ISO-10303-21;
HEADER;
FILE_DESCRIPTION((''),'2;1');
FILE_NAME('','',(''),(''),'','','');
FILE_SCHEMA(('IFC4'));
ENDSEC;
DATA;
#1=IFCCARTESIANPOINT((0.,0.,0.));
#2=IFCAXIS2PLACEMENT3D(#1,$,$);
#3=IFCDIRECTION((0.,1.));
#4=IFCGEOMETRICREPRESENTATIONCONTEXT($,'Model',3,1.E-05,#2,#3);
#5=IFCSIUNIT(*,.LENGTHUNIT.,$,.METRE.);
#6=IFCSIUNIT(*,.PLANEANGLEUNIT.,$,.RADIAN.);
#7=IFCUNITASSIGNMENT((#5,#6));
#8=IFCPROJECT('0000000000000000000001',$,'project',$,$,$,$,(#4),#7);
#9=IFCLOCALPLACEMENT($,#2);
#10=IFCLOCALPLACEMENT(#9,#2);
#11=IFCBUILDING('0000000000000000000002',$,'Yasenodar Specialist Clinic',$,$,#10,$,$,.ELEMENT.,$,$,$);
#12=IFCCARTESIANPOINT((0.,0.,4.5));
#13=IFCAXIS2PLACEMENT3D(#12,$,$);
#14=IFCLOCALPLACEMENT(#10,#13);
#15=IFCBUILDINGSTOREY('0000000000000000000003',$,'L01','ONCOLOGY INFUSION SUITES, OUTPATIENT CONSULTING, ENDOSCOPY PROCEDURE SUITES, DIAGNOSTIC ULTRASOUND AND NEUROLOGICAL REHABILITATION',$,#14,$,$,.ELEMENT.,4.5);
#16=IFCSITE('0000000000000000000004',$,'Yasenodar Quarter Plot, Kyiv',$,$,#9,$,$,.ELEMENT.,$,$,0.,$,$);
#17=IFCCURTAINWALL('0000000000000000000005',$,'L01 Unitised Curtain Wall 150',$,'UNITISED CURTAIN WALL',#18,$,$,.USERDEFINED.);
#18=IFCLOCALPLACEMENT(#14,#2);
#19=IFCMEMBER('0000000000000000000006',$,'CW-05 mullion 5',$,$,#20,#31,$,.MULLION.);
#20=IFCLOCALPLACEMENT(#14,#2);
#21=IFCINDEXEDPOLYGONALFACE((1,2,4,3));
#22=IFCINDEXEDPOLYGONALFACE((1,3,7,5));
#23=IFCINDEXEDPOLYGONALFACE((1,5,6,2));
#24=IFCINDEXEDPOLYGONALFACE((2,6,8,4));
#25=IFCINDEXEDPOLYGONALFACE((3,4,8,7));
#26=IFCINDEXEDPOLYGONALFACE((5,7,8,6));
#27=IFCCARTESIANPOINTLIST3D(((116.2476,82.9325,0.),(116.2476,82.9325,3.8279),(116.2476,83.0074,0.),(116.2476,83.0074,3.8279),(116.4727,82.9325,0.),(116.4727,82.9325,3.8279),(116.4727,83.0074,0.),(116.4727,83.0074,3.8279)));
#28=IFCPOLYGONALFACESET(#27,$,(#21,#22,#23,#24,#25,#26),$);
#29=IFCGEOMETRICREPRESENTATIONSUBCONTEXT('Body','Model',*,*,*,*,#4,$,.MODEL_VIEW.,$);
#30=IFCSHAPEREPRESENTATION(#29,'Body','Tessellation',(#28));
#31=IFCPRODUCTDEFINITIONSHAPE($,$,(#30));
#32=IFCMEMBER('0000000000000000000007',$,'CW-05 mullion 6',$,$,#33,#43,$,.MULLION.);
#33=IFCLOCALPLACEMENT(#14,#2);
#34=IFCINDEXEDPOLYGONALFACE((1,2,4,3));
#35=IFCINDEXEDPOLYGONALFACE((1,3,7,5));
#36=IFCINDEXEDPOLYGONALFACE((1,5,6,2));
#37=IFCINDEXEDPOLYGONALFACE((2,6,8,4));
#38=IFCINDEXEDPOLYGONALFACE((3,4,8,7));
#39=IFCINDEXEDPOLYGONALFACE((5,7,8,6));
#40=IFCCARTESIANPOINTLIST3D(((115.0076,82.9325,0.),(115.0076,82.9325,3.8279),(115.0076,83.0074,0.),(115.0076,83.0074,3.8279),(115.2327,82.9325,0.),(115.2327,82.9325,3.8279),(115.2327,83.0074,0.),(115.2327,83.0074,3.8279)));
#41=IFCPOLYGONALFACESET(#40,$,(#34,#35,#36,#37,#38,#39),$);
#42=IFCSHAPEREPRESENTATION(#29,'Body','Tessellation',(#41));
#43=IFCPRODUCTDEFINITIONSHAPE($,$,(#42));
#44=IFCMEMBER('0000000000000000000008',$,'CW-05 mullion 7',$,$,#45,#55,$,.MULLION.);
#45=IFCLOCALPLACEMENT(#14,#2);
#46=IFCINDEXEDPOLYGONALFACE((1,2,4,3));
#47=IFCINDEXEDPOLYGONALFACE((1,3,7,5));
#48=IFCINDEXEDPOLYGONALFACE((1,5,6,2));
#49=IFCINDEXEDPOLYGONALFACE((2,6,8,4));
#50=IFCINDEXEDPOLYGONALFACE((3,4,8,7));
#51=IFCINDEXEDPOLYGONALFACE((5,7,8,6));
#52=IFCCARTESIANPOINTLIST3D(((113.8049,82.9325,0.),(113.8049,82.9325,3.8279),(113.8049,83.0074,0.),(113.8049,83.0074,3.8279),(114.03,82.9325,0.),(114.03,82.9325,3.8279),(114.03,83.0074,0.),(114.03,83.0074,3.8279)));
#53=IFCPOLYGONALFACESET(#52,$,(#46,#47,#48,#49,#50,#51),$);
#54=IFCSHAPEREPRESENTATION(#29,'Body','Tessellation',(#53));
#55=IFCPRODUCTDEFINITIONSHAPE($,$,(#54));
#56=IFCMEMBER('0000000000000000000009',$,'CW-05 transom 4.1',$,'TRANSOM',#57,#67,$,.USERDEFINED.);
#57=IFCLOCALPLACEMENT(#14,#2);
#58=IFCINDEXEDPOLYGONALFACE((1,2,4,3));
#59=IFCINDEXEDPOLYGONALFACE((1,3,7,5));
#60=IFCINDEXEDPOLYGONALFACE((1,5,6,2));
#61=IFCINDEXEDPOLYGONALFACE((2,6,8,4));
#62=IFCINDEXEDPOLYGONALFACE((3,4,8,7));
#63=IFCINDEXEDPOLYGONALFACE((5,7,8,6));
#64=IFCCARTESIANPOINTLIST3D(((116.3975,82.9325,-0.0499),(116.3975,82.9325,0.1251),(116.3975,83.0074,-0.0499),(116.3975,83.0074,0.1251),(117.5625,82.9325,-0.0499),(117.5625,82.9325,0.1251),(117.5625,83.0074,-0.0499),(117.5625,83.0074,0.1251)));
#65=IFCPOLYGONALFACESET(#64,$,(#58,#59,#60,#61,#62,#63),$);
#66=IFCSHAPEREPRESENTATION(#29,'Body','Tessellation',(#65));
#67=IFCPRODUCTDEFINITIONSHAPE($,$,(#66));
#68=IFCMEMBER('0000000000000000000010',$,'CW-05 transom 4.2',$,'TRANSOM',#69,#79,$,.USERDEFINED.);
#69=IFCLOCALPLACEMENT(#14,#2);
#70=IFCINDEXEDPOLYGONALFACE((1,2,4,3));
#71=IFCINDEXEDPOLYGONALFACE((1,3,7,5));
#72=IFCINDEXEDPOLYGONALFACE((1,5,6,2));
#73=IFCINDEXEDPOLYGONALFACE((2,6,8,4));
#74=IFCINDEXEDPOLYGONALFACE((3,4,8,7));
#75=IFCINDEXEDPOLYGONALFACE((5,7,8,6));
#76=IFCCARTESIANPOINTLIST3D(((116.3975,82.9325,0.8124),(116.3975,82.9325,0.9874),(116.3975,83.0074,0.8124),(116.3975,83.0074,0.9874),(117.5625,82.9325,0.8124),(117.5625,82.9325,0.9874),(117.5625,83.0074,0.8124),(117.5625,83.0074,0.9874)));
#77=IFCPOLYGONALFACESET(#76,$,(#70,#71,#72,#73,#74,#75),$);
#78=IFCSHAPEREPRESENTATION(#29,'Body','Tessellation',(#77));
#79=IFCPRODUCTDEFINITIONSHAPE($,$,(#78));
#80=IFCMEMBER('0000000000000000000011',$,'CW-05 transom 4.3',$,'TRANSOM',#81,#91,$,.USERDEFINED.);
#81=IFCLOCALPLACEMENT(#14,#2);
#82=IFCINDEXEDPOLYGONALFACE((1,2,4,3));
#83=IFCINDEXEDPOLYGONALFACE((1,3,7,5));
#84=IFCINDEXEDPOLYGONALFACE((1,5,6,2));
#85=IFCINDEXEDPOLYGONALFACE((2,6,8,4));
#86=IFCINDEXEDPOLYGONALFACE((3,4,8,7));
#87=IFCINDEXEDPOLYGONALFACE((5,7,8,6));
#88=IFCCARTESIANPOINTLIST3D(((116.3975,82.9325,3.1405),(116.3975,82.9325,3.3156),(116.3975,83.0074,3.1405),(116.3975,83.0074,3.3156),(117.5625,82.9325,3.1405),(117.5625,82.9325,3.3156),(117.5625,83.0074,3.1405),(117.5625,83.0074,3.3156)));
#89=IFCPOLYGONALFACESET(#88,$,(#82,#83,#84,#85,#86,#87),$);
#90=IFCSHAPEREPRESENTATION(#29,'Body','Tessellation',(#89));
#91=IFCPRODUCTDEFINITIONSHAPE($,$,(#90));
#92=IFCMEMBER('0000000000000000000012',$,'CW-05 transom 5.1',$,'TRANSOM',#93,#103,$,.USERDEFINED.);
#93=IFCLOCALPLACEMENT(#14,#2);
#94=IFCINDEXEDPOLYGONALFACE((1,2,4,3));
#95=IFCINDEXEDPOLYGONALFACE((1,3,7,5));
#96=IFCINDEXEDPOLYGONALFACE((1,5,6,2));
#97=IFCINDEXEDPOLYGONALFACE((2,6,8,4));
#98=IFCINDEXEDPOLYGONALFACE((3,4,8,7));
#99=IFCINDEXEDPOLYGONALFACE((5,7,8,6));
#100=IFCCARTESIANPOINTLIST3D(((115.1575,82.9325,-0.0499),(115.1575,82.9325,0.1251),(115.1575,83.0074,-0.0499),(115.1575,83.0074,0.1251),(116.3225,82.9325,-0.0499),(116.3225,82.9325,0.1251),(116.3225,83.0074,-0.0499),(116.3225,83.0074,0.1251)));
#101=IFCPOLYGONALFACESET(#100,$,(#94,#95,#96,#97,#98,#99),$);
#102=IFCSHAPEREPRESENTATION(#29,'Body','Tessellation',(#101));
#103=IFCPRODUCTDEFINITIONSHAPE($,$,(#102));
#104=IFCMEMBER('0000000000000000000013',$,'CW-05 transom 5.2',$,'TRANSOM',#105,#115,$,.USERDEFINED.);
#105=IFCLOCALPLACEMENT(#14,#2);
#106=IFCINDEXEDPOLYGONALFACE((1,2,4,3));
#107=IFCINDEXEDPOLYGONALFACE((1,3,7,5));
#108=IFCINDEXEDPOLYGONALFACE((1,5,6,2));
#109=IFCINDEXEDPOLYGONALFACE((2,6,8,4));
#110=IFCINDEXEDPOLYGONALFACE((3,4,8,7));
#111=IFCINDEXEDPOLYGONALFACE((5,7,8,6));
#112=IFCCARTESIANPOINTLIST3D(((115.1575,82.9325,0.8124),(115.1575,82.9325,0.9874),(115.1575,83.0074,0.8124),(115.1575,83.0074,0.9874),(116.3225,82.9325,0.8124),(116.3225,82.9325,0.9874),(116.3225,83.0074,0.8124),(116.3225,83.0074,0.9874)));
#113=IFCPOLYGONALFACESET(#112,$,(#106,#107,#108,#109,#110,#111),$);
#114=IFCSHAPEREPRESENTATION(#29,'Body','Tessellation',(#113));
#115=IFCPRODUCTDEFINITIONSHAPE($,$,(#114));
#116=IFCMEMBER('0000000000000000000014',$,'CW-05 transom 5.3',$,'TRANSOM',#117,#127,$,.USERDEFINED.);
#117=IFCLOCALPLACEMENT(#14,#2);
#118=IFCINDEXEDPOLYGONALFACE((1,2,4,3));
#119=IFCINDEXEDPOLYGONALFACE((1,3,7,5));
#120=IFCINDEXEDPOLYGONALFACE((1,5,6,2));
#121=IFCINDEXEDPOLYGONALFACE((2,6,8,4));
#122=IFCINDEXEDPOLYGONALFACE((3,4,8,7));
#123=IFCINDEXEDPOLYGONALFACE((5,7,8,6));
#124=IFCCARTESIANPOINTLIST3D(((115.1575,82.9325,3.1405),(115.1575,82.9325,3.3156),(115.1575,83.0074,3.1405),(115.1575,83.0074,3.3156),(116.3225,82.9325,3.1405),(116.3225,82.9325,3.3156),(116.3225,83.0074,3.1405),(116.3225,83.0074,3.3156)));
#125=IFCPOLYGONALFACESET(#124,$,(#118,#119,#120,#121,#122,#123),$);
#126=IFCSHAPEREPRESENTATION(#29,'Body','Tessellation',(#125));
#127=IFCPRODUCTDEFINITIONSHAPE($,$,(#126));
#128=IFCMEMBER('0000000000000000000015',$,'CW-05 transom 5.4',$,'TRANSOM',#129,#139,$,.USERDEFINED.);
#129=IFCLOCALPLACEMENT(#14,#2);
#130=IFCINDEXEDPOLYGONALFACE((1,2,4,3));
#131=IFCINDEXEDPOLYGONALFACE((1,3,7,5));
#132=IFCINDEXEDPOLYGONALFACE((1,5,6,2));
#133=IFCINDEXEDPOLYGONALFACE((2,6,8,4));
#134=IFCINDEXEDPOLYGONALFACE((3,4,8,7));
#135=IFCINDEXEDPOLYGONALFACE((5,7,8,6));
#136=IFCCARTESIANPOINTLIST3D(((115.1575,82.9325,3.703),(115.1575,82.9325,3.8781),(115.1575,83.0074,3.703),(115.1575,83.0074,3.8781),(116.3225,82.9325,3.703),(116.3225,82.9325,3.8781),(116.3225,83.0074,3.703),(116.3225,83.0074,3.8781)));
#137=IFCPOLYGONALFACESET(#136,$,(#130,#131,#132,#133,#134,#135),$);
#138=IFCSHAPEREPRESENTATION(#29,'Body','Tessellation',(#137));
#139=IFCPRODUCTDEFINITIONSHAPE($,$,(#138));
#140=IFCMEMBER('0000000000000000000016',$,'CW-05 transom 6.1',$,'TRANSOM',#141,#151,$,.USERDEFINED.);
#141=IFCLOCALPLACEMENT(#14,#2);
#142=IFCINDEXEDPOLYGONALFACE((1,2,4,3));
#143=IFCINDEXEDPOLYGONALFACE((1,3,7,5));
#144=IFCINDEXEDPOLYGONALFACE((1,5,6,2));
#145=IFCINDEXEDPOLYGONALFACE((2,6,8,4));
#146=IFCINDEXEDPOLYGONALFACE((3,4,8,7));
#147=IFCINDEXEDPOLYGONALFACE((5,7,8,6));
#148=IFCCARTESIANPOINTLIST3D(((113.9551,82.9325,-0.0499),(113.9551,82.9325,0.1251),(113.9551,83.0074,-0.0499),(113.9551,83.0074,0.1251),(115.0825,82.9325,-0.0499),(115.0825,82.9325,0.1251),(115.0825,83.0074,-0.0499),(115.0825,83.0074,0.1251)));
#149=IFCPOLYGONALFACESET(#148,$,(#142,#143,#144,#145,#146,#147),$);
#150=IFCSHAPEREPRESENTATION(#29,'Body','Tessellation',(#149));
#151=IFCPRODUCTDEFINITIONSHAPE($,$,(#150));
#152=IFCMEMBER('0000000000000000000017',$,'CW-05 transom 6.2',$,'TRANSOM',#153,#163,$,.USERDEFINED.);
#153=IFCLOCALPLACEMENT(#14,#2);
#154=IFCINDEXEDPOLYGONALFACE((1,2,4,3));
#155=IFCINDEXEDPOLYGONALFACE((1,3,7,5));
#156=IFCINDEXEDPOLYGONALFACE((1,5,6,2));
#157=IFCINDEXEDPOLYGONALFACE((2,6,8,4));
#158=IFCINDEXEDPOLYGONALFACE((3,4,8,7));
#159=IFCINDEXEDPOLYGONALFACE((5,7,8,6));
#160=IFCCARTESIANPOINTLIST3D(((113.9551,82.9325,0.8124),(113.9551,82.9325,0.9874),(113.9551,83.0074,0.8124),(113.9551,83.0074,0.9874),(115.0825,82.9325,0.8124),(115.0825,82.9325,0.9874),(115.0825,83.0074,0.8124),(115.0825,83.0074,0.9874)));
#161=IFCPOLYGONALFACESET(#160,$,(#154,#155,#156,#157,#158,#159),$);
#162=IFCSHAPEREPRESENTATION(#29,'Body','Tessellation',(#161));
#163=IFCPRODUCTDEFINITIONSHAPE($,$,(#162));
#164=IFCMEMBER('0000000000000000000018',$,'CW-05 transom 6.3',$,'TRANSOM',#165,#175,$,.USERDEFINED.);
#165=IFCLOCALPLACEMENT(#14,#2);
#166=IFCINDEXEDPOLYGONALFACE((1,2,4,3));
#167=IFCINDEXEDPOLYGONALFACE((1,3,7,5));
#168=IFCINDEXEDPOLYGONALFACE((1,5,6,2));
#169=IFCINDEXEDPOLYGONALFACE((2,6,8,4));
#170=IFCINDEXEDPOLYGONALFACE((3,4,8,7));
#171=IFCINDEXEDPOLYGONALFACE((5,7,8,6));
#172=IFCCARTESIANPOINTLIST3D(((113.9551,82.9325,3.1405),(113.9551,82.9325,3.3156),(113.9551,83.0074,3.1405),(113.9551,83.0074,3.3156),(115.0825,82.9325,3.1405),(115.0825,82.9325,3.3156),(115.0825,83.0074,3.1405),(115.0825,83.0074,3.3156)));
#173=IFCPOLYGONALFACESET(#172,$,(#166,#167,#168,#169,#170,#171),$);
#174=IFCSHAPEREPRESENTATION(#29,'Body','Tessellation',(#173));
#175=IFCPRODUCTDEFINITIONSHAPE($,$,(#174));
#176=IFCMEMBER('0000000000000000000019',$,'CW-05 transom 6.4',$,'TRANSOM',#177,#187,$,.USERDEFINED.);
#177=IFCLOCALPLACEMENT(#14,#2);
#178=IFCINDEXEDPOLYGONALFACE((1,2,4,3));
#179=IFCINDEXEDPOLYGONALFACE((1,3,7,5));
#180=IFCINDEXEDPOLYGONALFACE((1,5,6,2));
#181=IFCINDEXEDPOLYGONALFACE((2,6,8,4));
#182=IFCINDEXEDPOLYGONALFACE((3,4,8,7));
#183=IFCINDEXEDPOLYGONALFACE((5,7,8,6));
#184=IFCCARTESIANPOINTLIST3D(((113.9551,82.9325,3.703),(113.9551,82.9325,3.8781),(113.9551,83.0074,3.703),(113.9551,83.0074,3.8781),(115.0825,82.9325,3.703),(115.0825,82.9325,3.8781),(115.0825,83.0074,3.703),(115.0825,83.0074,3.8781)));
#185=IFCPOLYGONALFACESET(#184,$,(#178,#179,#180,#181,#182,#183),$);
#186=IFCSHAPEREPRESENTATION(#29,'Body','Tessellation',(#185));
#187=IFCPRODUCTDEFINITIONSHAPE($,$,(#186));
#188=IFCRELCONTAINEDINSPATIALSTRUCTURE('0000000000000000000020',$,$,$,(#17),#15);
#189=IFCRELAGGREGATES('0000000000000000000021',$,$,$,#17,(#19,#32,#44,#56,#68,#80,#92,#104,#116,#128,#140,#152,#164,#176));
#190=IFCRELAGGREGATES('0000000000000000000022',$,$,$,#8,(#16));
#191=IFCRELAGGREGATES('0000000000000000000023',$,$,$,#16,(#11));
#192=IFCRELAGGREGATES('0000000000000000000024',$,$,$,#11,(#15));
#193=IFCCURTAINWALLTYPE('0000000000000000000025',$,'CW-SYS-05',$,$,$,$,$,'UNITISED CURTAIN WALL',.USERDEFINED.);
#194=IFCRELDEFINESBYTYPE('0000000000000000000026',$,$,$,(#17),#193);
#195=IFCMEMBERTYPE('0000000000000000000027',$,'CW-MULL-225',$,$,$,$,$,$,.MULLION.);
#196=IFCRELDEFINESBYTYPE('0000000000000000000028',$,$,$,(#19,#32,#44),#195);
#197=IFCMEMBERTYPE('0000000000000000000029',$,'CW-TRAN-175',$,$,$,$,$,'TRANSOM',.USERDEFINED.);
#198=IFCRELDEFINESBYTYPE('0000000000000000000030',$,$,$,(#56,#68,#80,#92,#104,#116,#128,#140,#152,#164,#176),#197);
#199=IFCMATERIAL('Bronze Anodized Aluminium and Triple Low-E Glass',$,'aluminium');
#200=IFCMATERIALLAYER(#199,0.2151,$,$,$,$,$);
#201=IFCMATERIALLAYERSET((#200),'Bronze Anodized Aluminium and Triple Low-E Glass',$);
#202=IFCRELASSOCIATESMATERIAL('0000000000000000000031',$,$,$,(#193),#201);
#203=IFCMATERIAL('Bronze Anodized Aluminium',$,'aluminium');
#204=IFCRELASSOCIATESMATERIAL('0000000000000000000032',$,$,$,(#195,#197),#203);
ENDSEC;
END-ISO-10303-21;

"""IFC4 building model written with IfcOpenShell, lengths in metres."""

from ifc_helpers import new_model, si_unit, direction, frame, origin, origin_2d, place, context, subcontext, project, spatial, rectangle, extrude, material, layer, layer_set, material_profile, profile_set, type_object, element, aggregate, save


model = new_model("IFC4")

# Units and contexts
model_context = context("Model", 3, precision=1e-05, world=origin(), true_north=direction((0.0, 1.0)))
body_context = subcontext(model_context, "Body", "Model", "MODEL_VIEW")
ifc_project = project(units=[si_unit("LENGTHUNIT", "METRE"), si_unit("PLANEANGLEUNIT", "RADIAN")], contexts=[model_context])

# Site, building, storey
site_placement = place(None, origin())
site = spatial("IfcSite", under=ifc_project, at=site_placement, Name="Yasenodar Quarter Plot, Kyiv", CompositionType="ELEMENT", RefElevation=0.0)
building_placement = place(site_placement, origin())
building = spatial("IfcBuilding", under=site, at=building_placement, Name="Yasenodar Specialist Clinic", CompositionType="ELEMENT")
storey_placement = place(building_placement, frame((0.0, 0.0, 4.5)))
storey = spatial("IfcBuildingStorey", under=building, at=storey_placement, Name="L01", Description="ONCOLOGY INFUSION SUITES, OUTPATIENT CONSULTING, ENDOSCOPY PROCEDURE SUITES, DIAGNOSTIC ULTRASOUND AND NEUROLOGICAL REHABILITATION", CompositionType="ELEMENT", Elevation=4.5)

# Curtain wall, members
ifc_material_1 = material(Name="Bronze Anodized Aluminium and Triple Low-E Glass", Category="aluminium")
ifc_layer_1 = layer(ifc_material_1, 0.2151)
ifc_layer_set_1 = layer_set([ifc_layer_1], Name="Bronze Anodized Aluminium and Triple Low-E Glass")
curtain_wall_type = type_object("IfcCurtainWallType", Name="CW-SYS-05", ElementType="UNITISED CURTAIN WALL", PredefinedType="USERDEFINED", material=ifc_layer_set_1)
curtain_wall_placement = place(storey_placement, origin())
curtain_wall = element("IfcCurtainWall", 1, at=curtain_wall_placement, inside=storey, type_object=curtain_wall_type, Name="L01 Unitised Curtain Wall 150", ObjectType="UNITISED CURTAIN WALL", PredefinedType="USERDEFINED")
ifc_material_2 = material(Name="Bronze Anodized Aluminium", Category="aluminium")
ifc_material_profile_1 = material_profile(ifc_material_2, rectangle(XDim=0.075, YDim=0.2251, at=origin_2d()), Name="CW-MULL 75x225")
ifc_profile_set_1 = profile_set([ifc_material_profile_1], Name="Bronze Anodized Aluminium")
member_type_1 = type_object("IfcMemberType", Name="CW-MULL-225", PredefinedType="MULLION", material=ifc_profile_set_1)
member_1_placement = place(storey_placement, frame((116.3601, 82.97, 0.0), z_axis=(0.0, 0.0, 1.0), x_axis=(0.0, -1.0, 0.0)))
member_1 = element("IfcMember", 2, at=member_1_placement, type_object=member_type_1, Name="CW-05 mullion 5", PredefinedType="MULLION", context=body_context, shape_type="SweptSolid", body=[
    extrude(rectangle(XDim=0.075, YDim=0.2251, at=origin_2d()), origin(), (0.0, 0.0, 1.0), 3.8279),
])
member_2_placement = place(storey_placement, frame((115.1201, 82.97, 0.0), z_axis=(0.0, 0.0, 1.0), x_axis=(0.0, -1.0, 0.0)))
member_2 = element("IfcMember", 3, at=member_2_placement, type_object=member_type_1, Name="CW-05 mullion 6", PredefinedType="MULLION", context=body_context, shape_type="SweptSolid", body=[
    extrude(rectangle(XDim=0.075, YDim=0.2251, at=origin_2d()), origin(), (0.0, 0.0, 1.0), 3.8279),
])
member_3_placement = place(storey_placement, frame((113.9175, 82.97, 0.0), z_axis=(0.0, 0.0, 1.0), x_axis=(0.0, -1.0, 0.0)))
member_3 = element("IfcMember", 4, at=member_3_placement, type_object=member_type_1, Name="CW-05 mullion 7", PredefinedType="MULLION", context=body_context, shape_type="SweptSolid", body=[
    extrude(rectangle(XDim=0.075, YDim=0.2251, at=origin_2d()), origin(), (0.0, 0.0, 1.0), 3.8279),
])
ifc_material_profile_2 = material_profile(ifc_material_2, rectangle(XDim=0.075, YDim=0.175, at=origin_2d()), Name="CW-TRAN 75x175")
ifc_profile_set_2 = profile_set([ifc_material_profile_2], Name="Bronze Anodized Aluminium")
member_type_2 = type_object("IfcMemberType", Name="CW-TRAN-175", ElementType="TRANSOM", PredefinedType="USERDEFINED", material=ifc_profile_set_2)
member_4_placement = place(storey_placement, frame((117.5625, 82.97, 0.0376), z_axis=(-1.0, 0.0, 0.0), x_axis=(0.0, -1.0, 0.0)))
member_4 = element("IfcMember", 5, at=member_4_placement, type_object=member_type_2, Name="CW-05 transom 4.1", ObjectType="TRANSOM", PredefinedType="USERDEFINED", context=body_context, shape_type="SweptSolid", body=[
    extrude(rectangle(XDim=0.075, YDim=0.175, at=origin_2d()), origin(), (0.0, 0.0, 1.0), 1.165),
])
member_5_placement = place(storey_placement, frame((117.5625, 82.97, 0.8999), z_axis=(-1.0, 0.0, 0.0), x_axis=(0.0, -1.0, 0.0)))
member_5 = element("IfcMember", 6, at=member_5_placement, type_object=member_type_2, Name="CW-05 transom 4.2", ObjectType="TRANSOM", PredefinedType="USERDEFINED", context=body_context, shape_type="SweptSolid", body=[
    extrude(rectangle(XDim=0.075, YDim=0.175, at=origin_2d()), origin(), (0.0, 0.0, 1.0), 1.165),
])
member_6_placement = place(storey_placement, frame((117.5625, 82.97, 3.228), z_axis=(-1.0, 0.0, 0.0), x_axis=(0.0, -1.0, 0.0)))
member_6 = element("IfcMember", 7, at=member_6_placement, type_object=member_type_2, Name="CW-05 transom 4.3", ObjectType="TRANSOM", PredefinedType="USERDEFINED", context=body_context, shape_type="SweptSolid", body=[
    extrude(rectangle(XDim=0.075, YDim=0.175, at=origin_2d()), origin(), (0.0, 0.0, 1.0), 1.165),
])
member_7_placement = place(storey_placement, frame((116.3225, 82.97, 0.0376), z_axis=(-1.0, 0.0, 0.0), x_axis=(0.0, -1.0, 0.0)))
member_7 = element("IfcMember", 8, at=member_7_placement, type_object=member_type_2, Name="CW-05 transom 5.1", ObjectType="TRANSOM", PredefinedType="USERDEFINED", context=body_context, shape_type="SweptSolid", body=[
    extrude(rectangle(XDim=0.075, YDim=0.175, at=origin_2d()), origin(), (0.0, 0.0, 1.0), 1.165),
])
member_8_placement = place(storey_placement, frame((116.3225, 82.97, 0.8999), z_axis=(-1.0, 0.0, 0.0), x_axis=(0.0, -1.0, 0.0)))
member_8 = element("IfcMember", 9, at=member_8_placement, type_object=member_type_2, Name="CW-05 transom 5.2", ObjectType="TRANSOM", PredefinedType="USERDEFINED", context=body_context, shape_type="SweptSolid", body=[
    extrude(rectangle(XDim=0.075, YDim=0.175, at=origin_2d()), origin(), (0.0, 0.0, 1.0), 1.165),
])
member_9_placement = place(storey_placement, frame((116.3225, 82.97, 3.228), z_axis=(-1.0, 0.0, 0.0), x_axis=(0.0, -1.0, 0.0)))
member_9 = element("IfcMember", 10, at=member_9_placement, type_object=member_type_2, Name="CW-05 transom 5.3", ObjectType="TRANSOM", PredefinedType="USERDEFINED", context=body_context, shape_type="SweptSolid", body=[
    extrude(rectangle(XDim=0.075, YDim=0.175, at=origin_2d()), origin(), (0.0, 0.0, 1.0), 1.165),
])
member_10_placement = place(storey_placement, frame((116.3225, 82.97, 3.7905), z_axis=(-1.0, 0.0, 0.0), x_axis=(0.0, -1.0, 0.0)))
member_10 = element("IfcMember", 11, at=member_10_placement, type_object=member_type_2, Name="CW-05 transom 5.4", ObjectType="TRANSOM", PredefinedType="USERDEFINED", context=body_context, shape_type="SweptSolid", body=[
    extrude(rectangle(XDim=0.075, YDim=0.175, at=origin_2d()), origin(), (0.0, 0.0, 1.0), 1.165),
])
member_11_placement = place(storey_placement, frame((115.0825, 82.97, 0.0376), z_axis=(-1.0, 0.0, 0.0), x_axis=(0.0, -1.0, 0.0)))
member_11 = element("IfcMember", 12, at=member_11_placement, type_object=member_type_2, Name="CW-05 transom 6.1", ObjectType="TRANSOM", PredefinedType="USERDEFINED", context=body_context, shape_type="SweptSolid", body=[
    extrude(rectangle(XDim=0.075, YDim=0.175, at=origin_2d()), origin(), (0.0, 0.0, 1.0), 1.1274),
])
member_12_placement = place(storey_placement, frame((115.0825, 82.97, 0.8999), z_axis=(-1.0, 0.0, 0.0), x_axis=(0.0, -1.0, 0.0)))
member_12 = element("IfcMember", 13, at=member_12_placement, type_object=member_type_2, Name="CW-05 transom 6.2", ObjectType="TRANSOM", PredefinedType="USERDEFINED", context=body_context, shape_type="SweptSolid", body=[
    extrude(rectangle(XDim=0.075, YDim=0.175, at=origin_2d()), origin(), (0.0, 0.0, 1.0), 1.1274),
])
member_13_placement = place(storey_placement, frame((115.0825, 82.97, 3.228), z_axis=(-1.0, 0.0, 0.0), x_axis=(0.0, -1.0, 0.0)))
member_13 = element("IfcMember", 14, at=member_13_placement, type_object=member_type_2, Name="CW-05 transom 6.3", ObjectType="TRANSOM", PredefinedType="USERDEFINED", context=body_context, shape_type="SweptSolid", body=[
    extrude(rectangle(XDim=0.075, YDim=0.175, at=origin_2d()), origin(), (0.0, 0.0, 1.0), 1.1274),
])
member_14_placement = place(storey_placement, frame((115.0825, 82.97, 3.7905), z_axis=(-1.0, 0.0, 0.0), x_axis=(0.0, -1.0, 0.0)))
member_14 = element("IfcMember", 15, at=member_14_placement, type_object=member_type_2, Name="CW-05 transom 6.4", ObjectType="TRANSOM", PredefinedType="USERDEFINED", context=body_context, shape_type="SweptSolid", body=[
    extrude(rectangle(XDim=0.075, YDim=0.175, at=origin_2d()), origin(), (0.0, 0.0, 1.0), 1.1274),
])
aggregate(curtain_wall, [member_1, member_2, member_3, member_4, member_5, member_6, member_7, member_8, member_9, member_10, member_11, member_12, member_13, member_14])

save(model, "model.ifc")
